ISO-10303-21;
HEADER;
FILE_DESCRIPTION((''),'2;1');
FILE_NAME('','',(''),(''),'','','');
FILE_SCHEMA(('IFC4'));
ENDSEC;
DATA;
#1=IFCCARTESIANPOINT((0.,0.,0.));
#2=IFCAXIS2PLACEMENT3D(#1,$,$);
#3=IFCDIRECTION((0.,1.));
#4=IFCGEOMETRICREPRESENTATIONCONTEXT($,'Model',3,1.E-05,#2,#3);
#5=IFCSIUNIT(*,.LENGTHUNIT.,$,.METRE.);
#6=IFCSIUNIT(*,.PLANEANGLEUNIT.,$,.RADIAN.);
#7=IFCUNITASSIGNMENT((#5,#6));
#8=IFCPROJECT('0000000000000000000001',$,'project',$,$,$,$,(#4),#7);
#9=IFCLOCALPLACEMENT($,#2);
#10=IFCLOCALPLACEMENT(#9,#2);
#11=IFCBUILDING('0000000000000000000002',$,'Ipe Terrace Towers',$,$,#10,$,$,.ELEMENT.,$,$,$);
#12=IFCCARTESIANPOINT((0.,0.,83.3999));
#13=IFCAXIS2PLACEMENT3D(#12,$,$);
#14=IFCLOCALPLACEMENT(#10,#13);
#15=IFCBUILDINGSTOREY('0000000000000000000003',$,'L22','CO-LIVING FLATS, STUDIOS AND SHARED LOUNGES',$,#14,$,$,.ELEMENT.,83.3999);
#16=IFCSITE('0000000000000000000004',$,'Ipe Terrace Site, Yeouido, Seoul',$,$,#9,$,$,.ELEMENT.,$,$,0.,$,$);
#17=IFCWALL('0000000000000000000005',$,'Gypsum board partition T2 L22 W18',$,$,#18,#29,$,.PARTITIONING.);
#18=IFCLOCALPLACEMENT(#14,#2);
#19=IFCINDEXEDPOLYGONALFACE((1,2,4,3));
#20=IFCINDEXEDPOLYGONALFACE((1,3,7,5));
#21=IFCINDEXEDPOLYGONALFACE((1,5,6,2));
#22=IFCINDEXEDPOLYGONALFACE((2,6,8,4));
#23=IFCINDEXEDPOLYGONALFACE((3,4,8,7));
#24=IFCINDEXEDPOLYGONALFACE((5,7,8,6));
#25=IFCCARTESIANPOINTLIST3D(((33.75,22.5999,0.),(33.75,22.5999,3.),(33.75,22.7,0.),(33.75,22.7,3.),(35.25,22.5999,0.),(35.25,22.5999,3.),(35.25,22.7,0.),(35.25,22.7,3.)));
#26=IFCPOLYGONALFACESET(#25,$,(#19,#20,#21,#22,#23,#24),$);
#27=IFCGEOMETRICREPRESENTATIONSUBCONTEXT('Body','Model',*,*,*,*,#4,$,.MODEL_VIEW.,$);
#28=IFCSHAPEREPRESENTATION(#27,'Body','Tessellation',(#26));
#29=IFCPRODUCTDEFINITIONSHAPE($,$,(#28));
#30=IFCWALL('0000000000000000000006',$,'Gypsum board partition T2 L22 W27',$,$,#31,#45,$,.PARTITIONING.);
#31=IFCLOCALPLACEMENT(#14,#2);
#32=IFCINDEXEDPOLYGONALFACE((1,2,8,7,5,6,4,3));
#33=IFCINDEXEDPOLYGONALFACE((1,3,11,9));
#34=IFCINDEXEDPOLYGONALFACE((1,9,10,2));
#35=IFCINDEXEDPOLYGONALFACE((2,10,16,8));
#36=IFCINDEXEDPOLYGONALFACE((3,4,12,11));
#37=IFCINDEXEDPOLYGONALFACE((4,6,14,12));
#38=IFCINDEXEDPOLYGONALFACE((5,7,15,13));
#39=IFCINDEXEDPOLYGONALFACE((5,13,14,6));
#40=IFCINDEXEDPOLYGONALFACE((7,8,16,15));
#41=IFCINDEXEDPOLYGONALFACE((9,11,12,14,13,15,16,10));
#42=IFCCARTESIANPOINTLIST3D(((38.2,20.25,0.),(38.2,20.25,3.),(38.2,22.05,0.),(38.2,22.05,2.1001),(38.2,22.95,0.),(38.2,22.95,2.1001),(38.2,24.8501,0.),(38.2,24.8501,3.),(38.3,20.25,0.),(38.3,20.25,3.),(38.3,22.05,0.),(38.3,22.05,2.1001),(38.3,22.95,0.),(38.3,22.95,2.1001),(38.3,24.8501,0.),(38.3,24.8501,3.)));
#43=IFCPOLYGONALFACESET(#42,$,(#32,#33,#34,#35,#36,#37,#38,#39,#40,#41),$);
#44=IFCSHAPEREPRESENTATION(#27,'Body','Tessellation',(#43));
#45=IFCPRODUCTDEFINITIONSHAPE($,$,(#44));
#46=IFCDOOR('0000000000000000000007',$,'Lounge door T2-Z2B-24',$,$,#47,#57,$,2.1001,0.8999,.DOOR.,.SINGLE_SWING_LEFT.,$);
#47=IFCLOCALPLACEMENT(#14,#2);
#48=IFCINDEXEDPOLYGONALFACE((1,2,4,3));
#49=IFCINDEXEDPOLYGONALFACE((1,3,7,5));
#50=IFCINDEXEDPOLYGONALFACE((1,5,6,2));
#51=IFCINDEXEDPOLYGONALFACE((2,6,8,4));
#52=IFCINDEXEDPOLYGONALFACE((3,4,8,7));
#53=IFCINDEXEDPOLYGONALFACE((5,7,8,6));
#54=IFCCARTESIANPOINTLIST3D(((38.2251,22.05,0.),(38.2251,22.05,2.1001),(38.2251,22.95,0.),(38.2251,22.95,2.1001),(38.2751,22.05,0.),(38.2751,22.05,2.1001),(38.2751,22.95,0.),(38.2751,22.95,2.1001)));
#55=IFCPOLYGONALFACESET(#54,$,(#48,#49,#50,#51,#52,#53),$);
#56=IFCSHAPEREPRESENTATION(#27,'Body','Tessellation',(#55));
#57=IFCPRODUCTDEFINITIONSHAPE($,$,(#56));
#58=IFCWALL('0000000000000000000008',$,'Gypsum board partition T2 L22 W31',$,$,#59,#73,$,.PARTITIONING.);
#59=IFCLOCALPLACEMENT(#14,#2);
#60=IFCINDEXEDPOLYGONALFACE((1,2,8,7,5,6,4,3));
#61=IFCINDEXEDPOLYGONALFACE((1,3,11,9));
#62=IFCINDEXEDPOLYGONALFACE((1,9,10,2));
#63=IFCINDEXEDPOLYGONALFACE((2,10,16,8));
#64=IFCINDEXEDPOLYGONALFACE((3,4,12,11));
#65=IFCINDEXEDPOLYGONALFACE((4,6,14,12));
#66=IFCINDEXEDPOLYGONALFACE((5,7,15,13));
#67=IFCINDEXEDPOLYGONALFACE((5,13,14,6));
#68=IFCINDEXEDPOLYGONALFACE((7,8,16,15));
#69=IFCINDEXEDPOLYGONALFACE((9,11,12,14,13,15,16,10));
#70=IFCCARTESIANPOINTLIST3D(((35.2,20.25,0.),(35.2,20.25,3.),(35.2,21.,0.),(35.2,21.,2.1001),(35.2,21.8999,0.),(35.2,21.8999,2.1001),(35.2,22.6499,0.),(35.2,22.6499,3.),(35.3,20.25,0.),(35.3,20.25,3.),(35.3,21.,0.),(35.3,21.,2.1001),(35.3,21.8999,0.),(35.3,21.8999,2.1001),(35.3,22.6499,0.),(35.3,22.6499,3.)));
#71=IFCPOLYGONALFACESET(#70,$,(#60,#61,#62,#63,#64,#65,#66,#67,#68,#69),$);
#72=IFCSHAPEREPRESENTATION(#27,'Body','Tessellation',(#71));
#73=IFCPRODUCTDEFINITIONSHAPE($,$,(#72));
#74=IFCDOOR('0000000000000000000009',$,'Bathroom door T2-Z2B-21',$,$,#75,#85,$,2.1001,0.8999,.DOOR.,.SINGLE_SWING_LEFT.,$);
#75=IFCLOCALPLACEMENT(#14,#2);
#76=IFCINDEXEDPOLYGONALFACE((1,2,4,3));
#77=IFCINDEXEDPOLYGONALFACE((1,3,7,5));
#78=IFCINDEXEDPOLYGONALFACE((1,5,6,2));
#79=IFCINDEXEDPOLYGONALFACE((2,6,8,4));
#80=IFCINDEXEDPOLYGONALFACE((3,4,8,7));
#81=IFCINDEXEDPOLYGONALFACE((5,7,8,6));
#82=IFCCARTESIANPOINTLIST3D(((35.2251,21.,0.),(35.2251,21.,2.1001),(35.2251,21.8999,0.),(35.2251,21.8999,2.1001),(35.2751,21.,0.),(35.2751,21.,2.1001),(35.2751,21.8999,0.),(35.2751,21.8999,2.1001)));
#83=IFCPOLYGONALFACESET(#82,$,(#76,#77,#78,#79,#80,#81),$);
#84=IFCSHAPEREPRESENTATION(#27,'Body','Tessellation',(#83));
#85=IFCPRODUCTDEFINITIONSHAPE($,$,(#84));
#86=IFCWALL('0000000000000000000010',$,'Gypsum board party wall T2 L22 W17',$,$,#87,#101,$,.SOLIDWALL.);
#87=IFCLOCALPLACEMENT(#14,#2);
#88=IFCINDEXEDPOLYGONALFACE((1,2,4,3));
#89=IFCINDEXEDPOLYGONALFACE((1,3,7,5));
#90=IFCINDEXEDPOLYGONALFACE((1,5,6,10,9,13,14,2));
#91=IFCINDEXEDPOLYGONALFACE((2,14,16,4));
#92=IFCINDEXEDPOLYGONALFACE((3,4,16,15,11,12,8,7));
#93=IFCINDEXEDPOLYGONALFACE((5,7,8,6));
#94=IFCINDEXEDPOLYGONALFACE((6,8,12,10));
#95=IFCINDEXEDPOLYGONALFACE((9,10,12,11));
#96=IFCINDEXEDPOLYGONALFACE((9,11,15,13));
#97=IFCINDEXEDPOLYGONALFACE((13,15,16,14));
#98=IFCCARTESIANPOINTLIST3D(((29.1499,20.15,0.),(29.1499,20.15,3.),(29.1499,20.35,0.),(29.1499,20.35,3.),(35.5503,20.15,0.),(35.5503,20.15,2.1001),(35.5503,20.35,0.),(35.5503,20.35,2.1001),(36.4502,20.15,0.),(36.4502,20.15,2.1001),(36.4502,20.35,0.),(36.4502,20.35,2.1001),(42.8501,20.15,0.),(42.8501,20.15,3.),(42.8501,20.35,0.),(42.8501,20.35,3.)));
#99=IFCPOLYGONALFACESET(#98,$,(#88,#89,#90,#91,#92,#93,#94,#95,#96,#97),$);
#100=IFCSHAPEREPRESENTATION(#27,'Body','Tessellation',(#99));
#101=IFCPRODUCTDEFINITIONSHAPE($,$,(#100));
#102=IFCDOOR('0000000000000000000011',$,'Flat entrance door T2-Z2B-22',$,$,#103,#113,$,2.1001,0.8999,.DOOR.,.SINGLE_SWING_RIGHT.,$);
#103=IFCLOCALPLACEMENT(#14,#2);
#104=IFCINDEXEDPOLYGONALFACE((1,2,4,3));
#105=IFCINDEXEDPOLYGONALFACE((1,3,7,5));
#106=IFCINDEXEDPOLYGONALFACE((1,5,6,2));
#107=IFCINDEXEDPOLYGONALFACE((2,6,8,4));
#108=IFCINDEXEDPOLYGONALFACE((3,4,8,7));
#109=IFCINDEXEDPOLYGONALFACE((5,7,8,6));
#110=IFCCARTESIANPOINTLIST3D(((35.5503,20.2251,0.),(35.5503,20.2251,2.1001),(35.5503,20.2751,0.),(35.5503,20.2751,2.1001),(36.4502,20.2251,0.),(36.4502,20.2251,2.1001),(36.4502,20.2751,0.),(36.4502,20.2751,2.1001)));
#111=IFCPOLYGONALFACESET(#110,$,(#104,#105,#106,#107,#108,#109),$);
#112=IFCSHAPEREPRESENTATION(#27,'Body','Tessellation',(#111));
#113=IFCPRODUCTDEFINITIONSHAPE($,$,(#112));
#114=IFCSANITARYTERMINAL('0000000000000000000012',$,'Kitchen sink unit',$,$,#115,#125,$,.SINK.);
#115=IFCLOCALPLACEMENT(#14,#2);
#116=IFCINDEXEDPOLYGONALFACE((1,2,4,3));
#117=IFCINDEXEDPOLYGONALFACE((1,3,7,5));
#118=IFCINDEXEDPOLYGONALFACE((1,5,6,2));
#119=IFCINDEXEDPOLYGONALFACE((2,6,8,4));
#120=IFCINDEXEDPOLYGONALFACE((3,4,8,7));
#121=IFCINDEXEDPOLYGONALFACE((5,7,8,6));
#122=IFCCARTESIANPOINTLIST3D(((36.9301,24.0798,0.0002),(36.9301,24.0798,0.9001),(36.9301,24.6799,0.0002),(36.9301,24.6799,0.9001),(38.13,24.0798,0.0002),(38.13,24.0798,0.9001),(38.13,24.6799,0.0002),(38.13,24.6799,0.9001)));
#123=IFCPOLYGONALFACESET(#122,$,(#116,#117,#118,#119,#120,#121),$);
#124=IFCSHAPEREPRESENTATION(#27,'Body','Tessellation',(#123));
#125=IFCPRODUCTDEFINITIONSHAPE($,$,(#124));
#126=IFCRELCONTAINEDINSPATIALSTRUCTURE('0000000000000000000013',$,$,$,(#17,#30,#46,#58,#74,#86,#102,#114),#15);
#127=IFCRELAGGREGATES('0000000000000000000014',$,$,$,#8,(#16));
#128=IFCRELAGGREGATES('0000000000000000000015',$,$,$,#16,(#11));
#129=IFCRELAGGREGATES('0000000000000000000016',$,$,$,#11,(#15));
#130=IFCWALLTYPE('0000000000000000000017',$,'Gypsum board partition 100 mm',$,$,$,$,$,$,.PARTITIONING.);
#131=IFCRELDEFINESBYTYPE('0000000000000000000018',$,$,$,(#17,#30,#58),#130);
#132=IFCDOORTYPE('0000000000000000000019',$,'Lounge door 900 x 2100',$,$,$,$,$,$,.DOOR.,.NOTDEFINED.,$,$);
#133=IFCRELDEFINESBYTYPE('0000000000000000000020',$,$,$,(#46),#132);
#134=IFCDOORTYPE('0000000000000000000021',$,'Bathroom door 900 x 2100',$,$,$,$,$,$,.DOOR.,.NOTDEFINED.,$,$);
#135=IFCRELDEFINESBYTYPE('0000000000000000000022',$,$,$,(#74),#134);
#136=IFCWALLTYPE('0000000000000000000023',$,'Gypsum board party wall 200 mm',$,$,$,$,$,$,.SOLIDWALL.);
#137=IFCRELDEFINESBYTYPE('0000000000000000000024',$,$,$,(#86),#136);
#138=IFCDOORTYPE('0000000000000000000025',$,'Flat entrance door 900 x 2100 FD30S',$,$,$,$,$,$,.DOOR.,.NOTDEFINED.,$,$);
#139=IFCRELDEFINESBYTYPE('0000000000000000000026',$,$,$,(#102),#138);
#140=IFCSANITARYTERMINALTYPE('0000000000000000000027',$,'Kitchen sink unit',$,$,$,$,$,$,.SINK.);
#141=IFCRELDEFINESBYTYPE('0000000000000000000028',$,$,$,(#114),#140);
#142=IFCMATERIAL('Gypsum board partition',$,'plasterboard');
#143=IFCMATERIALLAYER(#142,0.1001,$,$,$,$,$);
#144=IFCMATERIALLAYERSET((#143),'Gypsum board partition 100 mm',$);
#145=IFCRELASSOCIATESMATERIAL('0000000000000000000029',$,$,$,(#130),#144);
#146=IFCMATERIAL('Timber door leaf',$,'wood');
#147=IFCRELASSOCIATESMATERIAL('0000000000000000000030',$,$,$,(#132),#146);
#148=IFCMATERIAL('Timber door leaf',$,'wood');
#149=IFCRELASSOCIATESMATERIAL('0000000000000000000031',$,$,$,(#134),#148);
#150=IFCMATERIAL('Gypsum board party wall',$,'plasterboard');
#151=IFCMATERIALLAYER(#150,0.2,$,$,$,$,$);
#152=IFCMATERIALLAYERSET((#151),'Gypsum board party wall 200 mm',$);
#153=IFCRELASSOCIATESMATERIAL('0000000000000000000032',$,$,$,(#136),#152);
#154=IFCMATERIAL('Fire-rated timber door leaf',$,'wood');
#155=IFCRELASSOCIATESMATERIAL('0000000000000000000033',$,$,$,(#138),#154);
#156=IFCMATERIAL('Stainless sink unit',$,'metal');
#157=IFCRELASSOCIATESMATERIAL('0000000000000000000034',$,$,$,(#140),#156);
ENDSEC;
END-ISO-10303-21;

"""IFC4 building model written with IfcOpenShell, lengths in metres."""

from ifc_helpers import new_model, si_unit, direction, frame, frame_2d, origin, origin_2d, place, context, subcontext, project, spatial, rectangle, extrude, material, layer, layer_set, type_object, element, fill, save


model = new_model("IFC4")

# Units and contexts
model_context = context("Model", 3, precision=1e-05, world=origin(), true_north=direction((0.0, 1.0)))
body_context = subcontext(model_context, "Body", "Model", "MODEL_VIEW")
ifc_project = project(units=[si_unit("LENGTHUNIT", "METRE"), si_unit("PLANEANGLEUNIT", "RADIAN")], contexts=[model_context])

# Site, building, storey
site_placement = place(None, origin())
site = spatial("IfcSite", under=ifc_project, at=site_placement, Name="Ipe Terrace Site, Yeouido, Seoul", CompositionType="ELEMENT", RefElevation=0.0)
building_placement = place(site_placement, origin())
building = spatial("IfcBuilding", under=site, at=building_placement, Name="Ipe Terrace Towers", CompositionType="ELEMENT")
storey_placement = place(building_placement, frame((0.0, 0.0, 83.3999)))
storey = spatial("IfcBuildingStorey", under=building, at=storey_placement, Name="L22", Description="CO-LIVING FLATS, STUDIOS AND SHARED LOUNGES", CompositionType="ELEMENT", Elevation=83.3999)

# Wall
ifc_material_1 = material(Name="Gypsum board partition", Category="plasterboard")
ifc_layer_1 = layer(ifc_material_1, 0.1001)
ifc_layer_set_1 = layer_set([ifc_layer_1], Name="Gypsum board partition 100 mm")
wall_type_1 = type_object("IfcWallType", Name="Gypsum board partition 100 mm", PredefinedType="PARTITIONING", material=ifc_layer_set_1)
wall_1_placement = place(storey_placement, frame((35.25, 22.6499, 0.0), z_axis=(0.0, 0.0, 1.0), x_axis=(-1.0, 0.0, 0.0)))
element("IfcWall", 1, at=wall_1_placement, inside=storey, type_object=wall_type_1, Name="Gypsum board partition T2 L22 W18", PredefinedType="PARTITIONING", context=body_context, shape_type="SweptSolid", body=[
    extrude(rectangle(XDim=1.5, YDim=0.1001, at=frame_2d((0.75, 0.0))), origin(), (0.0, 0.0, 1.0), 3.0),
])

# Walls, openings, doors
wall_2_placement = place(storey_placement, frame((38.25, 20.25, 0.0), z_axis=(0.0, 0.0, 1.0), x_axis=(0.0, 1.0, 0.0)))
wall_2 = element("IfcWall", 2, at=wall_2_placement, inside=storey, type_object=wall_type_1, Name="Gypsum board partition T2 L22 W27", PredefinedType="PARTITIONING", context=body_context, shape_type="SweptSolid", body=[
    extrude(rectangle(XDim=4.6001, YDim=0.1001, at=frame_2d((2.3, 0.0))), origin(), (0.0, 0.0, 1.0), 3.0),
])
opening_1_placement = place(wall_2_placement, frame((1.8, 0.0, 0.0)))
opening_1 = element("IfcOpeningElement", 3, at=opening_1_placement, cuts=wall_2, PredefinedType="OPENING", context=body_context, shape_type="SweptSolid", body=[
    extrude(rectangle(XDim=0.8999, YDim=2.1001, at=frame_2d((0.45, 1.05))), frame((0.0, 0.0601, 0.0), z_axis=(0.0, -1.0, 0.0), x_axis=(1.0, 0.0, 0.0)), (0.0, 0.0, 1.0), 0.1201),
])
ifc_material_2 = material(Name="Timber door leaf", Category="wood")
door_type_1 = type_object("IfcDoorType", Name="Lounge door 900 x 2100", OperationType="NOTDEFINED", PredefinedType="DOOR", material=ifc_material_2)
door_1_placement = place(opening_1_placement, origin())
door_1 = element("IfcDoor", 4, at=door_1_placement, inside=storey, type_object=door_type_1, Name="Lounge door T2-Z2B-24", OperationType="SINGLE_SWING_LEFT", OverallHeight=2.1001, OverallWidth=0.8999, PredefinedType="DOOR", context=body_context, shape_type="SweptSolid", body=[
    extrude(rectangle(XDim=0.8999, YDim=2.1001, at=frame_2d((0.45, 1.05))), frame((0.0, 0.0249, 0.0), z_axis=(0.0, -1.0, 0.0), x_axis=(1.0, 0.0, 0.0)), (0.0, 0.0, 1.0), 0.05),
])
fill(opening_1, door_1)
wall_3_placement = place(storey_placement, frame((35.25, 20.25, 0.0), z_axis=(0.0, 0.0, 1.0), x_axis=(0.0, 1.0, 0.0)))
wall_3 = element("IfcWall", 5, at=wall_3_placement, inside=storey, type_object=wall_type_1, Name="Gypsum board partition T2 L22 W31", PredefinedType="PARTITIONING", context=body_context, shape_type="SweptSolid", body=[
    extrude(rectangle(XDim=2.3999, YDim=0.1001, at=frame_2d((1.2, 0.0))), origin(), (0.0, 0.0, 1.0), 3.0),
])
opening_2_placement = place(wall_3_placement, frame((0.75, 0.0, 0.0)))
opening_2 = element("IfcOpeningElement", 6, at=opening_2_placement, cuts=wall_3, PredefinedType="OPENING", context=body_context, shape_type="SweptSolid", body=[
    extrude(rectangle(XDim=0.8999, YDim=2.1001, at=frame_2d((0.45, 1.05))), frame((0.0, 0.0601, 0.0), z_axis=(0.0, -1.0, 0.0), x_axis=(1.0, 0.0, 0.0)), (0.0, 0.0, 1.0), 0.1201),
])
ifc_material_3 = material(Name="Timber door leaf", Category="wood")
door_type_2 = type_object("IfcDoorType", Name="Bathroom door 900 x 2100", OperationType="NOTDEFINED", PredefinedType="DOOR", material=ifc_material_3)
door_2_placement = place(opening_2_placement, origin())
door_2 = element("IfcDoor", 7, at=door_2_placement, inside=storey, type_object=door_type_2, Name="Bathroom door T2-Z2B-21", OperationType="SINGLE_SWING_LEFT", OverallHeight=2.1001, OverallWidth=0.8999, PredefinedType="DOOR", context=body_context, shape_type="SweptSolid", body=[
    extrude(rectangle(XDim=0.8999, YDim=2.1001, at=frame_2d((0.45, 1.05))), frame((0.0, 0.0249, 0.0), z_axis=(0.0, -1.0, 0.0), x_axis=(1.0, 0.0, 0.0)), (0.0, 0.0, 1.0), 0.05),
])
fill(opening_2, door_2)
ifc_material_4 = material(Name="Gypsum board party wall", Category="plasterboard")
ifc_layer_2 = layer(ifc_material_4, 0.2)
ifc_layer_set_2 = layer_set([ifc_layer_2], Name="Gypsum board party wall 200 mm")
wall_type_2 = type_object("IfcWallType", Name="Gypsum board party wall 200 mm", PredefinedType="SOLIDWALL", material=ifc_layer_set_2)
wall_4_placement = place(storey_placement, frame((42.8501, 20.25, 0.0), z_axis=(0.0, 0.0, 1.0), x_axis=(-1.0, 0.0, 0.0)))
wall_4 = element("IfcWall", 8, at=wall_4_placement, inside=storey, type_object=wall_type_2, Name="Gypsum board party wall T2 L22 W17", PredefinedType="SOLIDWALL", context=body_context, shape_type="SweptSolid", body=[
    extrude(rectangle(XDim=13.7002, YDim=0.2, at=frame_2d((6.8501, 0.0))), origin(), (0.0, 0.0, 1.0), 3.0),
])
opening_3_placement = place(wall_4_placement, frame((6.3999, 0.0, 0.0)))
opening_3 = element("IfcOpeningElement", 9, at=opening_3_placement, cuts=wall_4, PredefinedType="OPENING", context=body_context, shape_type="SweptSolid", body=[
    extrude(rectangle(XDim=0.8999, YDim=2.1001, at=frame_2d((0.45, 1.05))), frame((0.0, 0.1099, 0.0), z_axis=(0.0, -1.0, 0.0), x_axis=(1.0, 0.0, 0.0)), (0.0, 0.0, 1.0), 0.22),
])
ifc_material_5 = material(Name="Fire-rated timber door leaf", Category="wood")
door_type_3 = type_object("IfcDoorType", Name="Flat entrance door 900 x 2100 FD30S", OperationType="NOTDEFINED", PredefinedType="DOOR", material=ifc_material_5)
door_3_placement = place(opening_3_placement, origin())
door_3 = element("IfcDoor", 10, at=door_3_placement, inside=storey, type_object=door_type_3, Name="Flat entrance door T2-Z2B-22", OperationType="SINGLE_SWING_RIGHT", OverallHeight=2.1001, OverallWidth=0.8999, PredefinedType="DOOR", context=body_context, shape_type="SweptSolid", body=[
    extrude(rectangle(XDim=0.8999, YDim=2.1001, at=frame_2d((0.45, 1.05))), frame((0.0, 0.0249, 0.0), z_axis=(0.0, -1.0, 0.0), x_axis=(1.0, 0.0, 0.0)), (0.0, 0.0, 1.0), 0.05),
])
fill(opening_3, door_3)

# Sanitary terminal
ifc_material_6 = material(Name="Stainless sink unit", Category="metal")
sanitary_terminal_type = type_object("IfcSanitaryTerminalType", Name="Kitchen sink unit", PredefinedType="SINK", material=ifc_material_6)
sanitary_terminal_placement = place(storey_placement, frame((37.53, 24.3799, 0.0002), z_axis=(0.0, 0.0, 1.0), x_axis=(1.0, 0.0, 0.0)))
element("IfcSanitaryTerminal", 11, at=sanitary_terminal_placement, inside=storey, type_object=sanitary_terminal_type, Name="Kitchen sink unit", PredefinedType="SINK", context=body_context, shape_type="SweptSolid", body=[
    extrude(rectangle(XDim=1.2, YDim=0.6001, at=origin_2d()), origin(), (0.0, 0.0, 1.0), 0.8999),
])

save(model, "model.ifc")
